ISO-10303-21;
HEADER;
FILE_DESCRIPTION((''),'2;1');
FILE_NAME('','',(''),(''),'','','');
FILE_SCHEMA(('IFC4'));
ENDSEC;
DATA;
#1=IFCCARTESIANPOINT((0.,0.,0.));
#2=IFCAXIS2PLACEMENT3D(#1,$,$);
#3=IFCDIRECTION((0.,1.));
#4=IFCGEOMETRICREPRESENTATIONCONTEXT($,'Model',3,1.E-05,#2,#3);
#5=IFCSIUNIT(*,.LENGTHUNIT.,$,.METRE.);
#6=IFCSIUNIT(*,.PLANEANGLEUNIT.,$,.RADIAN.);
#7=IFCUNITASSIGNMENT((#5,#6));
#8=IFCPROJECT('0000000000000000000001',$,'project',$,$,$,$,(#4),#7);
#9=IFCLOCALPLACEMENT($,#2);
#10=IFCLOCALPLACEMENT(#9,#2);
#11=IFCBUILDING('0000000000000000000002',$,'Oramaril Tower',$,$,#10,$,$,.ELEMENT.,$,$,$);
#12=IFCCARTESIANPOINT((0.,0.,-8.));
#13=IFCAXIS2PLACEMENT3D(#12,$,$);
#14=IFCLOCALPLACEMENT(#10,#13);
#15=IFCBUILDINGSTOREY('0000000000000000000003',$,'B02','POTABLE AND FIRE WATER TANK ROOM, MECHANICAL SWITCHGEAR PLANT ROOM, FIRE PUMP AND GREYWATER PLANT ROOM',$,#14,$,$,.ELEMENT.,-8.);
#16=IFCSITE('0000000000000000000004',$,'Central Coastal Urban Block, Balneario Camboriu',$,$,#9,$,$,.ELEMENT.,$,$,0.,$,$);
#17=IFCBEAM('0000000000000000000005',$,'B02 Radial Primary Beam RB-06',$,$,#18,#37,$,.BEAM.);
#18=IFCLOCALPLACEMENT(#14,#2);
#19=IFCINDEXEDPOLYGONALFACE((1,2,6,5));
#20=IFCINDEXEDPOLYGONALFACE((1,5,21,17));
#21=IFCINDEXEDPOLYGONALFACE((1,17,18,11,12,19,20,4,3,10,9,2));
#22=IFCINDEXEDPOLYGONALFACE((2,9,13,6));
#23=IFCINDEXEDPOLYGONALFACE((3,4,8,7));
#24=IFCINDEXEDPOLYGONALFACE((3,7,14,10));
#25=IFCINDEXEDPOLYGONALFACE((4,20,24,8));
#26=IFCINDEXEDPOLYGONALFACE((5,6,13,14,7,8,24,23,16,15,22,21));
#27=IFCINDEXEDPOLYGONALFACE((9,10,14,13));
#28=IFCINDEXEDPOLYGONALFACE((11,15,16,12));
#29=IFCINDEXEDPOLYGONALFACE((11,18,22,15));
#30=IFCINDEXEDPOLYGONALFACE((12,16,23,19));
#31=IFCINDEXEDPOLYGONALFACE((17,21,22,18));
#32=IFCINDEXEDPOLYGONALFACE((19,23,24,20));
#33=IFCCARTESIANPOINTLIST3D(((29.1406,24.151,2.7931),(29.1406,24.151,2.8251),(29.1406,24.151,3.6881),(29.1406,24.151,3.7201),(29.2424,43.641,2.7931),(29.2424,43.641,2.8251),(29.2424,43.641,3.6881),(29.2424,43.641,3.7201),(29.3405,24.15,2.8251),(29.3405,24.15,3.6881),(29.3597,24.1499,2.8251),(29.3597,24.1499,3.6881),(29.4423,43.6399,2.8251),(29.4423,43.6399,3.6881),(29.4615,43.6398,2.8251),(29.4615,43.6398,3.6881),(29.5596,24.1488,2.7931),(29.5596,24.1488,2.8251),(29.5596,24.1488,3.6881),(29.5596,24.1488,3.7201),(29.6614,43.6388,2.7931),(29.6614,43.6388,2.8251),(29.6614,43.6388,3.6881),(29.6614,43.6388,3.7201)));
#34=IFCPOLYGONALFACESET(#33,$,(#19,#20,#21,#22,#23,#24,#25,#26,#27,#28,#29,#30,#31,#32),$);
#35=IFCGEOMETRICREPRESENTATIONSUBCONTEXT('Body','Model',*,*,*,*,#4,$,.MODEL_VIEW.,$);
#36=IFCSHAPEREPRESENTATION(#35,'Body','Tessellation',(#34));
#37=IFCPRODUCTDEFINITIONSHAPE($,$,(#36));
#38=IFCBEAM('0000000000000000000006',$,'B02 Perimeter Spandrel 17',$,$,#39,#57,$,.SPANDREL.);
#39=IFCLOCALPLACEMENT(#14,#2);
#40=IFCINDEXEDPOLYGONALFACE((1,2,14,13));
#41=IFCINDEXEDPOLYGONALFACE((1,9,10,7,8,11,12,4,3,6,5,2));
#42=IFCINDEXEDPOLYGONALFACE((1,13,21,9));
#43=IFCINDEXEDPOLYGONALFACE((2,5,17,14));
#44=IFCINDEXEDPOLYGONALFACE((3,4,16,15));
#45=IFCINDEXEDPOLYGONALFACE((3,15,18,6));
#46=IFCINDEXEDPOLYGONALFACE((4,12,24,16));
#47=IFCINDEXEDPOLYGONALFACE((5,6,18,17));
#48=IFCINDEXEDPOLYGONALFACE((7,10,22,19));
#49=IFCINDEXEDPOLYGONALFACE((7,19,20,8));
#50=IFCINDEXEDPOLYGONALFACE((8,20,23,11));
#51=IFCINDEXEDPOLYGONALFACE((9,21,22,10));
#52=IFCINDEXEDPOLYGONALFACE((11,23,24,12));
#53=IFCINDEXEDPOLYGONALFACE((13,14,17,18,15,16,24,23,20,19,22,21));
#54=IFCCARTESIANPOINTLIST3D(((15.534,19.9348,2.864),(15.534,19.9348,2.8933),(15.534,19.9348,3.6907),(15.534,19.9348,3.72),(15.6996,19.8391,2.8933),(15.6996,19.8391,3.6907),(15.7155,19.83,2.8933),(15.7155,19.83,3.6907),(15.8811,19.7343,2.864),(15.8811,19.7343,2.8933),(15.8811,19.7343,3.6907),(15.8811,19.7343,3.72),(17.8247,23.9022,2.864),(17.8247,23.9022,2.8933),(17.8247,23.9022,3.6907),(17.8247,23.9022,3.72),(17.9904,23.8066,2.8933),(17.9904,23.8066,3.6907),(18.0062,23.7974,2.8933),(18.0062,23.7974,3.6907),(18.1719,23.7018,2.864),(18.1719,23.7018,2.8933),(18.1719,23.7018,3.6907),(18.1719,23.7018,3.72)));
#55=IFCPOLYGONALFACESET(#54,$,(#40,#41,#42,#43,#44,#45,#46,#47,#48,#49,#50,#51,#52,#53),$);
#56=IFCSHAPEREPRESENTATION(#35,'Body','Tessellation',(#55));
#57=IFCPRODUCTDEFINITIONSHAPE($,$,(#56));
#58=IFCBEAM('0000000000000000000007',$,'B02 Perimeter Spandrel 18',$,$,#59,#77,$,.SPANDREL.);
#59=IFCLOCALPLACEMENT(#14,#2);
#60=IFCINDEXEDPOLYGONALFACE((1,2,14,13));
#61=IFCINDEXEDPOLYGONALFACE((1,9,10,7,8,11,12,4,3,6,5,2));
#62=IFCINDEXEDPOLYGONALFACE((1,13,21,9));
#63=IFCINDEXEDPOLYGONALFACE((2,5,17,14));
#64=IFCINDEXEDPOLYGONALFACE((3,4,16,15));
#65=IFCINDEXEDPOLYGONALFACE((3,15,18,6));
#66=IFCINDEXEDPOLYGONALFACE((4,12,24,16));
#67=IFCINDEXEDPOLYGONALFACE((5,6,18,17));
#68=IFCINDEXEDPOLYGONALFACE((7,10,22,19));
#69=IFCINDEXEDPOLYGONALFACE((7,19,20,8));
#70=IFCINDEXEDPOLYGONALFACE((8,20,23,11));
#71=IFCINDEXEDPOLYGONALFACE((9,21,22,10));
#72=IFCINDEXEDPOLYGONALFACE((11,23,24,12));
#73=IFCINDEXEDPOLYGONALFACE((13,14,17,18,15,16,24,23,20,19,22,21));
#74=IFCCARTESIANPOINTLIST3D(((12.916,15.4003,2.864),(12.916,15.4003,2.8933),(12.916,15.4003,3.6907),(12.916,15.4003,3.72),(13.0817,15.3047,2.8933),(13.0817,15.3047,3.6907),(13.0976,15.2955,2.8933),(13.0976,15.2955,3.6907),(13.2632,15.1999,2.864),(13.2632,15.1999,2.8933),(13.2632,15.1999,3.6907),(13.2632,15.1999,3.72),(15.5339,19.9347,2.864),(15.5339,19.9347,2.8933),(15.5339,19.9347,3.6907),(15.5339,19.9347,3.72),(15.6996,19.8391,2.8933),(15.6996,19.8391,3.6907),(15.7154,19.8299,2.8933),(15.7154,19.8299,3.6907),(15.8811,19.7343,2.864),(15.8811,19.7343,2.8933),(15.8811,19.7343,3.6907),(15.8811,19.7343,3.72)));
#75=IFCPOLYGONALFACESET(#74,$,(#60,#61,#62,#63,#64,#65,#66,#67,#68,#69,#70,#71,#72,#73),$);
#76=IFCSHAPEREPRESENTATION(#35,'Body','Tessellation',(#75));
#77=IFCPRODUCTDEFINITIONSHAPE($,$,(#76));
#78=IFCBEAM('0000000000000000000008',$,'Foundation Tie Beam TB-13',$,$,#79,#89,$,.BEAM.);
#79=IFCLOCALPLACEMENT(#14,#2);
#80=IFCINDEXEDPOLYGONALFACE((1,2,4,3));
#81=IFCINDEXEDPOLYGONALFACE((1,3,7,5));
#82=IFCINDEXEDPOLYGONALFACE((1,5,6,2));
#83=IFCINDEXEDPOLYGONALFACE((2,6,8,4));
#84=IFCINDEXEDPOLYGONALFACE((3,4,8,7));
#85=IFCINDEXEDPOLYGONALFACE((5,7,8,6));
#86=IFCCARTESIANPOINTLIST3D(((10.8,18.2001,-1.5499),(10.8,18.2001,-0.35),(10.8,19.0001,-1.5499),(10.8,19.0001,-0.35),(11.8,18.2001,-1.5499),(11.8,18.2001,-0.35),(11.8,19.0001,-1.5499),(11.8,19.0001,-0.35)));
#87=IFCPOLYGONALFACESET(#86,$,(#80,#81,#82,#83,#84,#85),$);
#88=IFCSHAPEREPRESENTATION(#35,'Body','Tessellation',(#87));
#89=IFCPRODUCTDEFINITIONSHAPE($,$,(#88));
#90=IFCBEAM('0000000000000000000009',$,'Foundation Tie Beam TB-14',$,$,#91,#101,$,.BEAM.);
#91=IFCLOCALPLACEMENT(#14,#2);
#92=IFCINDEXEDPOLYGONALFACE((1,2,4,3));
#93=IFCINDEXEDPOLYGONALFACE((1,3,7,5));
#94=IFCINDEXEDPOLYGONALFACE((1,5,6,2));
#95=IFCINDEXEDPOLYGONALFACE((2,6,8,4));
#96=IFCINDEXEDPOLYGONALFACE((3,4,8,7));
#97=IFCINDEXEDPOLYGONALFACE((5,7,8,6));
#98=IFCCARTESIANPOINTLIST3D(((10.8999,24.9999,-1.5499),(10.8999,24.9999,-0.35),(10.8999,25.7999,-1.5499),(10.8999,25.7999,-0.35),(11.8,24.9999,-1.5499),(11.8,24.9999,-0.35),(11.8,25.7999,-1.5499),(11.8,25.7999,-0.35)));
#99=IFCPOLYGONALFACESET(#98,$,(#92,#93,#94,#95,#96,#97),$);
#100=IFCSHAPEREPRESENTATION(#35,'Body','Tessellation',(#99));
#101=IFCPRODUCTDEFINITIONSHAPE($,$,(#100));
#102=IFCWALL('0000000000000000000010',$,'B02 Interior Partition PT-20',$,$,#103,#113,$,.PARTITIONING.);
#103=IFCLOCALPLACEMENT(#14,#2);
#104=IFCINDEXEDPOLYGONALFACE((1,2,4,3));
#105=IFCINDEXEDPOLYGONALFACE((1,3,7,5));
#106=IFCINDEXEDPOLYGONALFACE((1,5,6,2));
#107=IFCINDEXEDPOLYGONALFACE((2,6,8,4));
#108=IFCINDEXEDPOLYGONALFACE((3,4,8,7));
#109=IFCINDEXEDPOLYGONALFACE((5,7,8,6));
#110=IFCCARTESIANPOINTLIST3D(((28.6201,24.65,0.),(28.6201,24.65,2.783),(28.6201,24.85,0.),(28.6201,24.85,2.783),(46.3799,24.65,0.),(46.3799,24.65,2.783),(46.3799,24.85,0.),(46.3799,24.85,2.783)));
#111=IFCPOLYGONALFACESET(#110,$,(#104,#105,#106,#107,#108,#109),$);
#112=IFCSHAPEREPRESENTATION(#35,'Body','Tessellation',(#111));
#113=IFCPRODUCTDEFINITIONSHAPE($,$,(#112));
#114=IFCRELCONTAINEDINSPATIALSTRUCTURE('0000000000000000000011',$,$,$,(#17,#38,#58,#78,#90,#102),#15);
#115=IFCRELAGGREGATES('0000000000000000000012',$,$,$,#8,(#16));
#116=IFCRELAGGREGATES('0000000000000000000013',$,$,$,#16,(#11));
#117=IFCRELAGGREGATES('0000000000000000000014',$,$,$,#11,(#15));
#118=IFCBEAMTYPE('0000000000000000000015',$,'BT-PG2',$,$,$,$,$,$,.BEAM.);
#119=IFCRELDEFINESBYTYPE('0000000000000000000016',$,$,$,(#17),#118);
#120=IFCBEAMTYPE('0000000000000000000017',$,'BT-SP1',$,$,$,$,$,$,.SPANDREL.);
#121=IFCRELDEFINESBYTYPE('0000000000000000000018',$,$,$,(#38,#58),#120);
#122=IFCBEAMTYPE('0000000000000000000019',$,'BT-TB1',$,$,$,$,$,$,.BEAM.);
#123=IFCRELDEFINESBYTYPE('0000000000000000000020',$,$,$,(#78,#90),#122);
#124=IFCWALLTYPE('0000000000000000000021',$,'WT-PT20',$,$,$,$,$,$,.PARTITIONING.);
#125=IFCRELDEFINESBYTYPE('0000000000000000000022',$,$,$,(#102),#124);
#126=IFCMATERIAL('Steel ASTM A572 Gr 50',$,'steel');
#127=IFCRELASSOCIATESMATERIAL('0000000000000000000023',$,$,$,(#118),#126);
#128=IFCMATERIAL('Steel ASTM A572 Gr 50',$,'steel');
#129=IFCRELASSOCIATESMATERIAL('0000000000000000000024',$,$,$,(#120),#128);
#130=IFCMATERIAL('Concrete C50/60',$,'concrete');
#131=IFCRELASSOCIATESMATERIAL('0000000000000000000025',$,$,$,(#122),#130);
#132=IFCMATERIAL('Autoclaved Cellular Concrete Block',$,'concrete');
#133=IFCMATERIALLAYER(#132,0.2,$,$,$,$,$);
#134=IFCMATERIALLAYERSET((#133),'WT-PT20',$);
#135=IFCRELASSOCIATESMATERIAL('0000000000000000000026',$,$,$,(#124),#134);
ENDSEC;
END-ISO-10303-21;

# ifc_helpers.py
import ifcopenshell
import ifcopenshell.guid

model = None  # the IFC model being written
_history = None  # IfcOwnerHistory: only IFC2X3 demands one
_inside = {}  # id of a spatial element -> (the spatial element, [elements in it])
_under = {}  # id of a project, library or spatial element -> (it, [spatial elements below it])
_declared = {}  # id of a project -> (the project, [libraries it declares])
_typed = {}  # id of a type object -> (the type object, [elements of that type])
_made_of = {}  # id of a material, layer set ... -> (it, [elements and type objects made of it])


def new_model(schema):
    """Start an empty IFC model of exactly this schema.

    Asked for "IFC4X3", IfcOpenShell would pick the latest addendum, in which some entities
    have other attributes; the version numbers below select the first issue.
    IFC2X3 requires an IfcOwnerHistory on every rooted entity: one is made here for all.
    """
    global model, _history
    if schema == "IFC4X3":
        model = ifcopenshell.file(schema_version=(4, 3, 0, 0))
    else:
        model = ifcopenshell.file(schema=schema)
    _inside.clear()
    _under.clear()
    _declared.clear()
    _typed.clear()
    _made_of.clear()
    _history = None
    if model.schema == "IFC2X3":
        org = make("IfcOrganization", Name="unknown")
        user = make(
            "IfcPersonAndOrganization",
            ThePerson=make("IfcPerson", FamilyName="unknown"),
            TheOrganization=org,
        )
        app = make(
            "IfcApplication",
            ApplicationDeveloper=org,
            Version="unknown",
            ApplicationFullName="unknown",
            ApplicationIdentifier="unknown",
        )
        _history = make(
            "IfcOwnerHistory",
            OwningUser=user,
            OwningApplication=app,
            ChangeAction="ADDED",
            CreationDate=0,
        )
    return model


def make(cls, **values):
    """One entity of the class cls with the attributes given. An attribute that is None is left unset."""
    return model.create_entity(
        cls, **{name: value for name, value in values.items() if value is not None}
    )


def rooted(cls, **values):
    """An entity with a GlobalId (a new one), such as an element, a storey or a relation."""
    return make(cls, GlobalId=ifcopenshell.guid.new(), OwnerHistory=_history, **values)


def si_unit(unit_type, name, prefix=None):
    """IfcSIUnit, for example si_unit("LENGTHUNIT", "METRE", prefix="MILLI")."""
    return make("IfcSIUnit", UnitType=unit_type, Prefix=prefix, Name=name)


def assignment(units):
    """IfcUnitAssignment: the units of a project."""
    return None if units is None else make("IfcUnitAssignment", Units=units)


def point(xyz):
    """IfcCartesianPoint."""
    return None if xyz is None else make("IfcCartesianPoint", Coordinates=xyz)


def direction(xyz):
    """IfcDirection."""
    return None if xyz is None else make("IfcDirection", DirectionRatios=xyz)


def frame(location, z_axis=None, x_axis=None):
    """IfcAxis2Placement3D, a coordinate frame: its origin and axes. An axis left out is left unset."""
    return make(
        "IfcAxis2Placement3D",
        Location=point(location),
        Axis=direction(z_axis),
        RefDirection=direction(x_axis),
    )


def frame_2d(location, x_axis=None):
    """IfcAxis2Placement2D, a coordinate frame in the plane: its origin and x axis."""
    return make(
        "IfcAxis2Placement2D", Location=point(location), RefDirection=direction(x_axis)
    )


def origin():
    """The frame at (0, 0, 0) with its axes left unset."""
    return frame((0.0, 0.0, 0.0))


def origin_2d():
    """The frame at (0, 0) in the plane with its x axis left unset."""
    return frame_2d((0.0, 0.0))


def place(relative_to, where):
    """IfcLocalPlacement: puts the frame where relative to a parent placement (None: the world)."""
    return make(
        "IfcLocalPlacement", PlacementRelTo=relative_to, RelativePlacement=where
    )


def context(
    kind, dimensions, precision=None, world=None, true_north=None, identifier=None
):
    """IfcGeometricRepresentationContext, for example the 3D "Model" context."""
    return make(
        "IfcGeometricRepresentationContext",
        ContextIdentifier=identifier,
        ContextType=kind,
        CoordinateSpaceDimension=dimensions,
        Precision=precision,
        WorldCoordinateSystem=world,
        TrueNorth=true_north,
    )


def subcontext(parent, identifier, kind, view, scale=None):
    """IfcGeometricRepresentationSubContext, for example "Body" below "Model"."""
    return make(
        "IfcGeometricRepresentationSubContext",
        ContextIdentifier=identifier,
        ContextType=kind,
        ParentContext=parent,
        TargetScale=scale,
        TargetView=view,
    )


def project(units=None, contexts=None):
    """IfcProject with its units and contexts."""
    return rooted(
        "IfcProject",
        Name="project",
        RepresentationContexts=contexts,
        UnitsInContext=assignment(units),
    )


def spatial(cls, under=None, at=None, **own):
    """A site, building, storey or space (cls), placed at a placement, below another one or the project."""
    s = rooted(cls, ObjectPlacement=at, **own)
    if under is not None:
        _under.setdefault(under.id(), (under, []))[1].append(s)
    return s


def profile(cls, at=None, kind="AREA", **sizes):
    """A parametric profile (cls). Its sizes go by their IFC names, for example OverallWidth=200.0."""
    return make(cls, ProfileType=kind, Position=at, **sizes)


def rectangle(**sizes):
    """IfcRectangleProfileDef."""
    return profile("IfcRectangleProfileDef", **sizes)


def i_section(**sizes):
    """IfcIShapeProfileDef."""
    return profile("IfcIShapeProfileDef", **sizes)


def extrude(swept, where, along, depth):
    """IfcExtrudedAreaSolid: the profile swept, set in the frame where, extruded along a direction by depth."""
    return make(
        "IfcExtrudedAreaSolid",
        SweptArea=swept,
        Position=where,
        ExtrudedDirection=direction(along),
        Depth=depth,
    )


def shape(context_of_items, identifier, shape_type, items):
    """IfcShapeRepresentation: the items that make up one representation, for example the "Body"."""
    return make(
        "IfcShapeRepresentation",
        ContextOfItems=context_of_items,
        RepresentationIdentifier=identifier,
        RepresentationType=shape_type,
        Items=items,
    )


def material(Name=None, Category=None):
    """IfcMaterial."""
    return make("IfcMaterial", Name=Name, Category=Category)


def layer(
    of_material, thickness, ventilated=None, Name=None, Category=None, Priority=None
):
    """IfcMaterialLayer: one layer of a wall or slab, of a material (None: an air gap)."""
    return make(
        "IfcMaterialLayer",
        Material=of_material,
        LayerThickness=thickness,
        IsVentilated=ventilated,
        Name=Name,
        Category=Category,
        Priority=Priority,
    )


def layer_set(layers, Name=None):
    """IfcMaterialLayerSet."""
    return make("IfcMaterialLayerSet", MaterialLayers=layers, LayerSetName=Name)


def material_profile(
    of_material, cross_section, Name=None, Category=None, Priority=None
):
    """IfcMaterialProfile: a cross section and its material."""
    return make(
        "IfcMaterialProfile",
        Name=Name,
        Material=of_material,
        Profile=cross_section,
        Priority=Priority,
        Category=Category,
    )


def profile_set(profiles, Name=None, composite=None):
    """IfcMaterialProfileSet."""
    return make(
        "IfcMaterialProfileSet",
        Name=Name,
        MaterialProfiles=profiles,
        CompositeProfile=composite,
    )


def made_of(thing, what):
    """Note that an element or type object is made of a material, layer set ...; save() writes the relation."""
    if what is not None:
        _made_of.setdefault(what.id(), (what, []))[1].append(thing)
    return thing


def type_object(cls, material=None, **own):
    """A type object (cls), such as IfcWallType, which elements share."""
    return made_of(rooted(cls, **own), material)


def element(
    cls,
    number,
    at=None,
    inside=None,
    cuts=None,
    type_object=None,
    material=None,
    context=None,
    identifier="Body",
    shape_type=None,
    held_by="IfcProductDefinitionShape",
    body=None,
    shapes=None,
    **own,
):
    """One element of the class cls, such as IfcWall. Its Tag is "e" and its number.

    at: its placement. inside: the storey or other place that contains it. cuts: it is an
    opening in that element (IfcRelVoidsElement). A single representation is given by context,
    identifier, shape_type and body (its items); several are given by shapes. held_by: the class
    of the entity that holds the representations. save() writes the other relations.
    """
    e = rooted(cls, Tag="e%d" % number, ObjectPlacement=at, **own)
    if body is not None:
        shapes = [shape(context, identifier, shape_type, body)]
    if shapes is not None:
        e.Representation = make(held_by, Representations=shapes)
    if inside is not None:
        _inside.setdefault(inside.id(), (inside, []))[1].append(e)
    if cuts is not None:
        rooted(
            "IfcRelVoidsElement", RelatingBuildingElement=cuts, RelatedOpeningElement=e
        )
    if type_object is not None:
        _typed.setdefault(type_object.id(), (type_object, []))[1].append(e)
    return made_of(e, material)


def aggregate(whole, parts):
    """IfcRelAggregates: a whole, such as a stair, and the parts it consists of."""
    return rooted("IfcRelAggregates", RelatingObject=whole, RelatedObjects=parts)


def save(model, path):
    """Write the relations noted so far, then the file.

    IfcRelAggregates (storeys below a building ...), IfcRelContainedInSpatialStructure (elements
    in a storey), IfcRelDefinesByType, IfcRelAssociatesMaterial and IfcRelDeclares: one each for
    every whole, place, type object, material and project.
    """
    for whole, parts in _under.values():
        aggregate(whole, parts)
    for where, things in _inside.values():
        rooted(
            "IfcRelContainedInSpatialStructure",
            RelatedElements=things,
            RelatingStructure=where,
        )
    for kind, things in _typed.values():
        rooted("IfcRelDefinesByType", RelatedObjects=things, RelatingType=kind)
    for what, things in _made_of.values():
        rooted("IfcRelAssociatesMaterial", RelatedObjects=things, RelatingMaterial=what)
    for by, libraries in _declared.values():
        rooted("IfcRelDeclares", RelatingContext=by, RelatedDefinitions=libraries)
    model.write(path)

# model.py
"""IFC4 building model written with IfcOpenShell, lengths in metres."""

from ifc_helpers import new_model, si_unit, direction, frame, frame_2d, origin, origin_2d, place, context, subcontext, project, spatial, rectangle, i_section, extrude, material, layer, layer_set, material_profile, profile_set, type_object, element, save


model = new_model("IFC4")

# Units and contexts
model_context = context("Model", 3, precision=1e-05, world=origin(), true_north=direction((0.0, 1.0)))
body_context = subcontext(model_context, "Body", "Model", "MODEL_VIEW")
ifc_project = project(units=[si_unit("LENGTHUNIT", "METRE"), si_unit("PLANEANGLEUNIT", "RADIAN")], contexts=[model_context])

# Site, building, storey
site_placement = place(None, origin())
site = spatial("IfcSite", under=ifc_project, at=site_placement, Name="Central Coastal Urban Block, Balneario Camboriu", CompositionType="ELEMENT", RefElevation=0.0)
building_placement = place(site_placement, origin())
building = spatial("IfcBuilding", under=site, at=building_placement, Name="Oramaril Tower", CompositionType="ELEMENT")
storey_placement = place(building_placement, frame((0.0, 0.0, -8.0)))
storey = spatial("IfcBuildingStorey", under=building, at=storey_placement, Name="B02", Description="POTABLE AND FIRE WATER TANK ROOM, MECHANICAL SWITCHGEAR PLANT ROOM, FIRE PUMP AND GREYWATER PLANT ROOM", CompositionType="ELEMENT", Elevation=-8.0)

# Beams
ifc_material_1 = material(Name="Steel ASTM A572 Gr 50", Category="steel")
ifc_material_profile_1 = material_profile(ifc_material_1, i_section(OverallWidth=0.4189, OverallDepth=0.927, WebThickness=0.0193, FlangeThickness=0.032, at=origin_2d()), Name="W36X231")
ifc_profile_set_1 = profile_set([ifc_material_profile_1], Name="Steel ASTM A572 Gr 50")
beam_type_1 = type_object("IfcBeamType", Name="BT-PG2", PredefinedType="BEAM", material=ifc_profile_set_1)
beam_1_placement = place(storey_placement, frame((29.3501, 24.1499, 3.2566), z_axis=(0.005223, 0.999986, 0.0), x_axis=(-0.999986, 0.005223, 0.0)))
element("IfcBeam", 1, at=beam_1_placement, inside=storey, type_object=beam_type_1, Name="B02 Radial Primary Beam RB-06", PredefinedType="BEAM", context=body_context, shape_type="SweptSolid", body=[
    extrude(i_section(OverallWidth=0.4189, OverallDepth=0.927, WebThickness=0.0193, FlangeThickness=0.032, at=origin_2d()), origin(), (0.0, 0.0, 1.0), 19.4902),
])
ifc_material_2 = material(Name="Steel ASTM A572 Gr 50", Category="steel")
ifc_material_profile_2 = material_profile(ifc_material_2, i_section(OverallWidth=0.4009, OverallDepth=0.856, WebThickness=0.0183, FlangeThickness=0.0293, at=origin_2d()), Name="W33X201")
ifc_profile_set_2 = profile_set([ifc_material_profile_2], Name="Steel ASTM A572 Gr 50")
beam_type_2 = type_object("IfcBeamType", Name="BT-SP1", PredefinedType="SPANDREL", material=ifc_profile_set_2)
beam_2_placement = place(storey_placement, frame((17.9983, 23.802, 3.292), z_axis=(-0.500019, -0.866014, 0.0), x_axis=(0.866014, -0.500019, 0.0)))
element("IfcBeam", 2, at=beam_2_placement, inside=storey, type_object=beam_type_2, Name="B02 Perimeter Spandrel 17", PredefinedType="SPANDREL", context=body_context, shape_type="SweptSolid", body=[
    extrude(i_section(OverallWidth=0.4009, OverallDepth=0.856, WebThickness=0.0183, FlangeThickness=0.0293, at=origin_2d()), origin(), (0.0, 0.0, 1.0), 4.5813),
])
beam_3_placement = place(storey_placement, frame((15.7075, 19.8345, 3.292), z_axis=(-0.499996, -0.866028, 0.0), x_axis=(0.866028, -0.499996, 0.0)))
element("IfcBeam", 3, at=beam_3_placement, inside=storey, type_object=beam_type_2, Name="B02 Perimeter Spandrel 18", PredefinedType="SPANDREL", context=body_context, shape_type="SweptSolid", body=[
    extrude(i_section(OverallWidth=0.4009, OverallDepth=0.856, WebThickness=0.0183, FlangeThickness=0.0293, at=origin_2d()), origin(), (0.0, 0.0, 1.0), 5.2358),
])
ifc_material_3 = material(Name="Concrete C50/60", Category="concrete")
ifc_material_profile_3 = material_profile(ifc_material_3, rectangle(XDim=0.8, YDim=1.2, at=origin_2d()), Name="TB800X1200")
ifc_profile_set_3 = profile_set([ifc_material_profile_3], Name="Concrete C50/60")
beam_type_3 = type_object("IfcBeamType", Name="BT-TB1", PredefinedType="BEAM", material=ifc_profile_set_3)
beam_4_placement = place(storey_placement, frame((10.8, 18.6001, -0.95), z_axis=(1.0, 0.0, 0.0), x_axis=(0.0, 1.0, 0.0)))
element("IfcBeam", 4, at=beam_4_placement, inside=storey, type_object=beam_type_3, Name="Foundation Tie Beam TB-13", PredefinedType="BEAM", context=body_context, shape_type="SweptSolid", body=[
    extrude(rectangle(XDim=0.8, YDim=1.2, at=origin_2d()), origin(), (0.0, 0.0, 1.0), 1.0),
])
beam_5_placement = place(storey_placement, frame((10.8999, 25.3999, -0.95), z_axis=(1.0, 0.0, 0.0), x_axis=(0.0, 1.0, 0.0)))
element("IfcBeam", 5, at=beam_5_placement, inside=storey, type_object=beam_type_3, Name="Foundation Tie Beam TB-14", PredefinedType="BEAM", context=body_context, shape_type="SweptSolid", body=[
    extrude(rectangle(XDim=0.8, YDim=1.2, at=origin_2d()), origin(), (0.0, 0.0, 1.0), 0.9001),
])

# Wall
ifc_material_4 = material(Name="Autoclaved Cellular Concrete Block", Category="concrete")
ifc_layer_1 = layer(ifc_material_4, 0.2)
ifc_layer_set_1 = layer_set([ifc_layer_1], Name="WT-PT20")
wall_type_1 = type_object("IfcWallType", Name="WT-PT20", PredefinedType="PARTITIONING", material=ifc_layer_set_1)
wall_1_placement = place(storey_placement, frame((28.6201, 24.75, 0.0), z_axis=(0.0, 0.0, 1.0), x_axis=(1.0, 0.0, 0.0)))
element("IfcWall", 6, at=wall_1_placement, inside=storey, type_object=wall_type_1, Name="B02 Interior Partition PT-20", PredefinedType="PARTITIONING", context=body_context, shape_type="SweptSolid", body=[
    extrude(rectangle(XDim=17.7598, YDim=0.2, at=frame_2d((8.8799, 0.0))), origin(), (0.0, 0.0, 1.0), 2.783),
])

save(model, "model.ifc")
